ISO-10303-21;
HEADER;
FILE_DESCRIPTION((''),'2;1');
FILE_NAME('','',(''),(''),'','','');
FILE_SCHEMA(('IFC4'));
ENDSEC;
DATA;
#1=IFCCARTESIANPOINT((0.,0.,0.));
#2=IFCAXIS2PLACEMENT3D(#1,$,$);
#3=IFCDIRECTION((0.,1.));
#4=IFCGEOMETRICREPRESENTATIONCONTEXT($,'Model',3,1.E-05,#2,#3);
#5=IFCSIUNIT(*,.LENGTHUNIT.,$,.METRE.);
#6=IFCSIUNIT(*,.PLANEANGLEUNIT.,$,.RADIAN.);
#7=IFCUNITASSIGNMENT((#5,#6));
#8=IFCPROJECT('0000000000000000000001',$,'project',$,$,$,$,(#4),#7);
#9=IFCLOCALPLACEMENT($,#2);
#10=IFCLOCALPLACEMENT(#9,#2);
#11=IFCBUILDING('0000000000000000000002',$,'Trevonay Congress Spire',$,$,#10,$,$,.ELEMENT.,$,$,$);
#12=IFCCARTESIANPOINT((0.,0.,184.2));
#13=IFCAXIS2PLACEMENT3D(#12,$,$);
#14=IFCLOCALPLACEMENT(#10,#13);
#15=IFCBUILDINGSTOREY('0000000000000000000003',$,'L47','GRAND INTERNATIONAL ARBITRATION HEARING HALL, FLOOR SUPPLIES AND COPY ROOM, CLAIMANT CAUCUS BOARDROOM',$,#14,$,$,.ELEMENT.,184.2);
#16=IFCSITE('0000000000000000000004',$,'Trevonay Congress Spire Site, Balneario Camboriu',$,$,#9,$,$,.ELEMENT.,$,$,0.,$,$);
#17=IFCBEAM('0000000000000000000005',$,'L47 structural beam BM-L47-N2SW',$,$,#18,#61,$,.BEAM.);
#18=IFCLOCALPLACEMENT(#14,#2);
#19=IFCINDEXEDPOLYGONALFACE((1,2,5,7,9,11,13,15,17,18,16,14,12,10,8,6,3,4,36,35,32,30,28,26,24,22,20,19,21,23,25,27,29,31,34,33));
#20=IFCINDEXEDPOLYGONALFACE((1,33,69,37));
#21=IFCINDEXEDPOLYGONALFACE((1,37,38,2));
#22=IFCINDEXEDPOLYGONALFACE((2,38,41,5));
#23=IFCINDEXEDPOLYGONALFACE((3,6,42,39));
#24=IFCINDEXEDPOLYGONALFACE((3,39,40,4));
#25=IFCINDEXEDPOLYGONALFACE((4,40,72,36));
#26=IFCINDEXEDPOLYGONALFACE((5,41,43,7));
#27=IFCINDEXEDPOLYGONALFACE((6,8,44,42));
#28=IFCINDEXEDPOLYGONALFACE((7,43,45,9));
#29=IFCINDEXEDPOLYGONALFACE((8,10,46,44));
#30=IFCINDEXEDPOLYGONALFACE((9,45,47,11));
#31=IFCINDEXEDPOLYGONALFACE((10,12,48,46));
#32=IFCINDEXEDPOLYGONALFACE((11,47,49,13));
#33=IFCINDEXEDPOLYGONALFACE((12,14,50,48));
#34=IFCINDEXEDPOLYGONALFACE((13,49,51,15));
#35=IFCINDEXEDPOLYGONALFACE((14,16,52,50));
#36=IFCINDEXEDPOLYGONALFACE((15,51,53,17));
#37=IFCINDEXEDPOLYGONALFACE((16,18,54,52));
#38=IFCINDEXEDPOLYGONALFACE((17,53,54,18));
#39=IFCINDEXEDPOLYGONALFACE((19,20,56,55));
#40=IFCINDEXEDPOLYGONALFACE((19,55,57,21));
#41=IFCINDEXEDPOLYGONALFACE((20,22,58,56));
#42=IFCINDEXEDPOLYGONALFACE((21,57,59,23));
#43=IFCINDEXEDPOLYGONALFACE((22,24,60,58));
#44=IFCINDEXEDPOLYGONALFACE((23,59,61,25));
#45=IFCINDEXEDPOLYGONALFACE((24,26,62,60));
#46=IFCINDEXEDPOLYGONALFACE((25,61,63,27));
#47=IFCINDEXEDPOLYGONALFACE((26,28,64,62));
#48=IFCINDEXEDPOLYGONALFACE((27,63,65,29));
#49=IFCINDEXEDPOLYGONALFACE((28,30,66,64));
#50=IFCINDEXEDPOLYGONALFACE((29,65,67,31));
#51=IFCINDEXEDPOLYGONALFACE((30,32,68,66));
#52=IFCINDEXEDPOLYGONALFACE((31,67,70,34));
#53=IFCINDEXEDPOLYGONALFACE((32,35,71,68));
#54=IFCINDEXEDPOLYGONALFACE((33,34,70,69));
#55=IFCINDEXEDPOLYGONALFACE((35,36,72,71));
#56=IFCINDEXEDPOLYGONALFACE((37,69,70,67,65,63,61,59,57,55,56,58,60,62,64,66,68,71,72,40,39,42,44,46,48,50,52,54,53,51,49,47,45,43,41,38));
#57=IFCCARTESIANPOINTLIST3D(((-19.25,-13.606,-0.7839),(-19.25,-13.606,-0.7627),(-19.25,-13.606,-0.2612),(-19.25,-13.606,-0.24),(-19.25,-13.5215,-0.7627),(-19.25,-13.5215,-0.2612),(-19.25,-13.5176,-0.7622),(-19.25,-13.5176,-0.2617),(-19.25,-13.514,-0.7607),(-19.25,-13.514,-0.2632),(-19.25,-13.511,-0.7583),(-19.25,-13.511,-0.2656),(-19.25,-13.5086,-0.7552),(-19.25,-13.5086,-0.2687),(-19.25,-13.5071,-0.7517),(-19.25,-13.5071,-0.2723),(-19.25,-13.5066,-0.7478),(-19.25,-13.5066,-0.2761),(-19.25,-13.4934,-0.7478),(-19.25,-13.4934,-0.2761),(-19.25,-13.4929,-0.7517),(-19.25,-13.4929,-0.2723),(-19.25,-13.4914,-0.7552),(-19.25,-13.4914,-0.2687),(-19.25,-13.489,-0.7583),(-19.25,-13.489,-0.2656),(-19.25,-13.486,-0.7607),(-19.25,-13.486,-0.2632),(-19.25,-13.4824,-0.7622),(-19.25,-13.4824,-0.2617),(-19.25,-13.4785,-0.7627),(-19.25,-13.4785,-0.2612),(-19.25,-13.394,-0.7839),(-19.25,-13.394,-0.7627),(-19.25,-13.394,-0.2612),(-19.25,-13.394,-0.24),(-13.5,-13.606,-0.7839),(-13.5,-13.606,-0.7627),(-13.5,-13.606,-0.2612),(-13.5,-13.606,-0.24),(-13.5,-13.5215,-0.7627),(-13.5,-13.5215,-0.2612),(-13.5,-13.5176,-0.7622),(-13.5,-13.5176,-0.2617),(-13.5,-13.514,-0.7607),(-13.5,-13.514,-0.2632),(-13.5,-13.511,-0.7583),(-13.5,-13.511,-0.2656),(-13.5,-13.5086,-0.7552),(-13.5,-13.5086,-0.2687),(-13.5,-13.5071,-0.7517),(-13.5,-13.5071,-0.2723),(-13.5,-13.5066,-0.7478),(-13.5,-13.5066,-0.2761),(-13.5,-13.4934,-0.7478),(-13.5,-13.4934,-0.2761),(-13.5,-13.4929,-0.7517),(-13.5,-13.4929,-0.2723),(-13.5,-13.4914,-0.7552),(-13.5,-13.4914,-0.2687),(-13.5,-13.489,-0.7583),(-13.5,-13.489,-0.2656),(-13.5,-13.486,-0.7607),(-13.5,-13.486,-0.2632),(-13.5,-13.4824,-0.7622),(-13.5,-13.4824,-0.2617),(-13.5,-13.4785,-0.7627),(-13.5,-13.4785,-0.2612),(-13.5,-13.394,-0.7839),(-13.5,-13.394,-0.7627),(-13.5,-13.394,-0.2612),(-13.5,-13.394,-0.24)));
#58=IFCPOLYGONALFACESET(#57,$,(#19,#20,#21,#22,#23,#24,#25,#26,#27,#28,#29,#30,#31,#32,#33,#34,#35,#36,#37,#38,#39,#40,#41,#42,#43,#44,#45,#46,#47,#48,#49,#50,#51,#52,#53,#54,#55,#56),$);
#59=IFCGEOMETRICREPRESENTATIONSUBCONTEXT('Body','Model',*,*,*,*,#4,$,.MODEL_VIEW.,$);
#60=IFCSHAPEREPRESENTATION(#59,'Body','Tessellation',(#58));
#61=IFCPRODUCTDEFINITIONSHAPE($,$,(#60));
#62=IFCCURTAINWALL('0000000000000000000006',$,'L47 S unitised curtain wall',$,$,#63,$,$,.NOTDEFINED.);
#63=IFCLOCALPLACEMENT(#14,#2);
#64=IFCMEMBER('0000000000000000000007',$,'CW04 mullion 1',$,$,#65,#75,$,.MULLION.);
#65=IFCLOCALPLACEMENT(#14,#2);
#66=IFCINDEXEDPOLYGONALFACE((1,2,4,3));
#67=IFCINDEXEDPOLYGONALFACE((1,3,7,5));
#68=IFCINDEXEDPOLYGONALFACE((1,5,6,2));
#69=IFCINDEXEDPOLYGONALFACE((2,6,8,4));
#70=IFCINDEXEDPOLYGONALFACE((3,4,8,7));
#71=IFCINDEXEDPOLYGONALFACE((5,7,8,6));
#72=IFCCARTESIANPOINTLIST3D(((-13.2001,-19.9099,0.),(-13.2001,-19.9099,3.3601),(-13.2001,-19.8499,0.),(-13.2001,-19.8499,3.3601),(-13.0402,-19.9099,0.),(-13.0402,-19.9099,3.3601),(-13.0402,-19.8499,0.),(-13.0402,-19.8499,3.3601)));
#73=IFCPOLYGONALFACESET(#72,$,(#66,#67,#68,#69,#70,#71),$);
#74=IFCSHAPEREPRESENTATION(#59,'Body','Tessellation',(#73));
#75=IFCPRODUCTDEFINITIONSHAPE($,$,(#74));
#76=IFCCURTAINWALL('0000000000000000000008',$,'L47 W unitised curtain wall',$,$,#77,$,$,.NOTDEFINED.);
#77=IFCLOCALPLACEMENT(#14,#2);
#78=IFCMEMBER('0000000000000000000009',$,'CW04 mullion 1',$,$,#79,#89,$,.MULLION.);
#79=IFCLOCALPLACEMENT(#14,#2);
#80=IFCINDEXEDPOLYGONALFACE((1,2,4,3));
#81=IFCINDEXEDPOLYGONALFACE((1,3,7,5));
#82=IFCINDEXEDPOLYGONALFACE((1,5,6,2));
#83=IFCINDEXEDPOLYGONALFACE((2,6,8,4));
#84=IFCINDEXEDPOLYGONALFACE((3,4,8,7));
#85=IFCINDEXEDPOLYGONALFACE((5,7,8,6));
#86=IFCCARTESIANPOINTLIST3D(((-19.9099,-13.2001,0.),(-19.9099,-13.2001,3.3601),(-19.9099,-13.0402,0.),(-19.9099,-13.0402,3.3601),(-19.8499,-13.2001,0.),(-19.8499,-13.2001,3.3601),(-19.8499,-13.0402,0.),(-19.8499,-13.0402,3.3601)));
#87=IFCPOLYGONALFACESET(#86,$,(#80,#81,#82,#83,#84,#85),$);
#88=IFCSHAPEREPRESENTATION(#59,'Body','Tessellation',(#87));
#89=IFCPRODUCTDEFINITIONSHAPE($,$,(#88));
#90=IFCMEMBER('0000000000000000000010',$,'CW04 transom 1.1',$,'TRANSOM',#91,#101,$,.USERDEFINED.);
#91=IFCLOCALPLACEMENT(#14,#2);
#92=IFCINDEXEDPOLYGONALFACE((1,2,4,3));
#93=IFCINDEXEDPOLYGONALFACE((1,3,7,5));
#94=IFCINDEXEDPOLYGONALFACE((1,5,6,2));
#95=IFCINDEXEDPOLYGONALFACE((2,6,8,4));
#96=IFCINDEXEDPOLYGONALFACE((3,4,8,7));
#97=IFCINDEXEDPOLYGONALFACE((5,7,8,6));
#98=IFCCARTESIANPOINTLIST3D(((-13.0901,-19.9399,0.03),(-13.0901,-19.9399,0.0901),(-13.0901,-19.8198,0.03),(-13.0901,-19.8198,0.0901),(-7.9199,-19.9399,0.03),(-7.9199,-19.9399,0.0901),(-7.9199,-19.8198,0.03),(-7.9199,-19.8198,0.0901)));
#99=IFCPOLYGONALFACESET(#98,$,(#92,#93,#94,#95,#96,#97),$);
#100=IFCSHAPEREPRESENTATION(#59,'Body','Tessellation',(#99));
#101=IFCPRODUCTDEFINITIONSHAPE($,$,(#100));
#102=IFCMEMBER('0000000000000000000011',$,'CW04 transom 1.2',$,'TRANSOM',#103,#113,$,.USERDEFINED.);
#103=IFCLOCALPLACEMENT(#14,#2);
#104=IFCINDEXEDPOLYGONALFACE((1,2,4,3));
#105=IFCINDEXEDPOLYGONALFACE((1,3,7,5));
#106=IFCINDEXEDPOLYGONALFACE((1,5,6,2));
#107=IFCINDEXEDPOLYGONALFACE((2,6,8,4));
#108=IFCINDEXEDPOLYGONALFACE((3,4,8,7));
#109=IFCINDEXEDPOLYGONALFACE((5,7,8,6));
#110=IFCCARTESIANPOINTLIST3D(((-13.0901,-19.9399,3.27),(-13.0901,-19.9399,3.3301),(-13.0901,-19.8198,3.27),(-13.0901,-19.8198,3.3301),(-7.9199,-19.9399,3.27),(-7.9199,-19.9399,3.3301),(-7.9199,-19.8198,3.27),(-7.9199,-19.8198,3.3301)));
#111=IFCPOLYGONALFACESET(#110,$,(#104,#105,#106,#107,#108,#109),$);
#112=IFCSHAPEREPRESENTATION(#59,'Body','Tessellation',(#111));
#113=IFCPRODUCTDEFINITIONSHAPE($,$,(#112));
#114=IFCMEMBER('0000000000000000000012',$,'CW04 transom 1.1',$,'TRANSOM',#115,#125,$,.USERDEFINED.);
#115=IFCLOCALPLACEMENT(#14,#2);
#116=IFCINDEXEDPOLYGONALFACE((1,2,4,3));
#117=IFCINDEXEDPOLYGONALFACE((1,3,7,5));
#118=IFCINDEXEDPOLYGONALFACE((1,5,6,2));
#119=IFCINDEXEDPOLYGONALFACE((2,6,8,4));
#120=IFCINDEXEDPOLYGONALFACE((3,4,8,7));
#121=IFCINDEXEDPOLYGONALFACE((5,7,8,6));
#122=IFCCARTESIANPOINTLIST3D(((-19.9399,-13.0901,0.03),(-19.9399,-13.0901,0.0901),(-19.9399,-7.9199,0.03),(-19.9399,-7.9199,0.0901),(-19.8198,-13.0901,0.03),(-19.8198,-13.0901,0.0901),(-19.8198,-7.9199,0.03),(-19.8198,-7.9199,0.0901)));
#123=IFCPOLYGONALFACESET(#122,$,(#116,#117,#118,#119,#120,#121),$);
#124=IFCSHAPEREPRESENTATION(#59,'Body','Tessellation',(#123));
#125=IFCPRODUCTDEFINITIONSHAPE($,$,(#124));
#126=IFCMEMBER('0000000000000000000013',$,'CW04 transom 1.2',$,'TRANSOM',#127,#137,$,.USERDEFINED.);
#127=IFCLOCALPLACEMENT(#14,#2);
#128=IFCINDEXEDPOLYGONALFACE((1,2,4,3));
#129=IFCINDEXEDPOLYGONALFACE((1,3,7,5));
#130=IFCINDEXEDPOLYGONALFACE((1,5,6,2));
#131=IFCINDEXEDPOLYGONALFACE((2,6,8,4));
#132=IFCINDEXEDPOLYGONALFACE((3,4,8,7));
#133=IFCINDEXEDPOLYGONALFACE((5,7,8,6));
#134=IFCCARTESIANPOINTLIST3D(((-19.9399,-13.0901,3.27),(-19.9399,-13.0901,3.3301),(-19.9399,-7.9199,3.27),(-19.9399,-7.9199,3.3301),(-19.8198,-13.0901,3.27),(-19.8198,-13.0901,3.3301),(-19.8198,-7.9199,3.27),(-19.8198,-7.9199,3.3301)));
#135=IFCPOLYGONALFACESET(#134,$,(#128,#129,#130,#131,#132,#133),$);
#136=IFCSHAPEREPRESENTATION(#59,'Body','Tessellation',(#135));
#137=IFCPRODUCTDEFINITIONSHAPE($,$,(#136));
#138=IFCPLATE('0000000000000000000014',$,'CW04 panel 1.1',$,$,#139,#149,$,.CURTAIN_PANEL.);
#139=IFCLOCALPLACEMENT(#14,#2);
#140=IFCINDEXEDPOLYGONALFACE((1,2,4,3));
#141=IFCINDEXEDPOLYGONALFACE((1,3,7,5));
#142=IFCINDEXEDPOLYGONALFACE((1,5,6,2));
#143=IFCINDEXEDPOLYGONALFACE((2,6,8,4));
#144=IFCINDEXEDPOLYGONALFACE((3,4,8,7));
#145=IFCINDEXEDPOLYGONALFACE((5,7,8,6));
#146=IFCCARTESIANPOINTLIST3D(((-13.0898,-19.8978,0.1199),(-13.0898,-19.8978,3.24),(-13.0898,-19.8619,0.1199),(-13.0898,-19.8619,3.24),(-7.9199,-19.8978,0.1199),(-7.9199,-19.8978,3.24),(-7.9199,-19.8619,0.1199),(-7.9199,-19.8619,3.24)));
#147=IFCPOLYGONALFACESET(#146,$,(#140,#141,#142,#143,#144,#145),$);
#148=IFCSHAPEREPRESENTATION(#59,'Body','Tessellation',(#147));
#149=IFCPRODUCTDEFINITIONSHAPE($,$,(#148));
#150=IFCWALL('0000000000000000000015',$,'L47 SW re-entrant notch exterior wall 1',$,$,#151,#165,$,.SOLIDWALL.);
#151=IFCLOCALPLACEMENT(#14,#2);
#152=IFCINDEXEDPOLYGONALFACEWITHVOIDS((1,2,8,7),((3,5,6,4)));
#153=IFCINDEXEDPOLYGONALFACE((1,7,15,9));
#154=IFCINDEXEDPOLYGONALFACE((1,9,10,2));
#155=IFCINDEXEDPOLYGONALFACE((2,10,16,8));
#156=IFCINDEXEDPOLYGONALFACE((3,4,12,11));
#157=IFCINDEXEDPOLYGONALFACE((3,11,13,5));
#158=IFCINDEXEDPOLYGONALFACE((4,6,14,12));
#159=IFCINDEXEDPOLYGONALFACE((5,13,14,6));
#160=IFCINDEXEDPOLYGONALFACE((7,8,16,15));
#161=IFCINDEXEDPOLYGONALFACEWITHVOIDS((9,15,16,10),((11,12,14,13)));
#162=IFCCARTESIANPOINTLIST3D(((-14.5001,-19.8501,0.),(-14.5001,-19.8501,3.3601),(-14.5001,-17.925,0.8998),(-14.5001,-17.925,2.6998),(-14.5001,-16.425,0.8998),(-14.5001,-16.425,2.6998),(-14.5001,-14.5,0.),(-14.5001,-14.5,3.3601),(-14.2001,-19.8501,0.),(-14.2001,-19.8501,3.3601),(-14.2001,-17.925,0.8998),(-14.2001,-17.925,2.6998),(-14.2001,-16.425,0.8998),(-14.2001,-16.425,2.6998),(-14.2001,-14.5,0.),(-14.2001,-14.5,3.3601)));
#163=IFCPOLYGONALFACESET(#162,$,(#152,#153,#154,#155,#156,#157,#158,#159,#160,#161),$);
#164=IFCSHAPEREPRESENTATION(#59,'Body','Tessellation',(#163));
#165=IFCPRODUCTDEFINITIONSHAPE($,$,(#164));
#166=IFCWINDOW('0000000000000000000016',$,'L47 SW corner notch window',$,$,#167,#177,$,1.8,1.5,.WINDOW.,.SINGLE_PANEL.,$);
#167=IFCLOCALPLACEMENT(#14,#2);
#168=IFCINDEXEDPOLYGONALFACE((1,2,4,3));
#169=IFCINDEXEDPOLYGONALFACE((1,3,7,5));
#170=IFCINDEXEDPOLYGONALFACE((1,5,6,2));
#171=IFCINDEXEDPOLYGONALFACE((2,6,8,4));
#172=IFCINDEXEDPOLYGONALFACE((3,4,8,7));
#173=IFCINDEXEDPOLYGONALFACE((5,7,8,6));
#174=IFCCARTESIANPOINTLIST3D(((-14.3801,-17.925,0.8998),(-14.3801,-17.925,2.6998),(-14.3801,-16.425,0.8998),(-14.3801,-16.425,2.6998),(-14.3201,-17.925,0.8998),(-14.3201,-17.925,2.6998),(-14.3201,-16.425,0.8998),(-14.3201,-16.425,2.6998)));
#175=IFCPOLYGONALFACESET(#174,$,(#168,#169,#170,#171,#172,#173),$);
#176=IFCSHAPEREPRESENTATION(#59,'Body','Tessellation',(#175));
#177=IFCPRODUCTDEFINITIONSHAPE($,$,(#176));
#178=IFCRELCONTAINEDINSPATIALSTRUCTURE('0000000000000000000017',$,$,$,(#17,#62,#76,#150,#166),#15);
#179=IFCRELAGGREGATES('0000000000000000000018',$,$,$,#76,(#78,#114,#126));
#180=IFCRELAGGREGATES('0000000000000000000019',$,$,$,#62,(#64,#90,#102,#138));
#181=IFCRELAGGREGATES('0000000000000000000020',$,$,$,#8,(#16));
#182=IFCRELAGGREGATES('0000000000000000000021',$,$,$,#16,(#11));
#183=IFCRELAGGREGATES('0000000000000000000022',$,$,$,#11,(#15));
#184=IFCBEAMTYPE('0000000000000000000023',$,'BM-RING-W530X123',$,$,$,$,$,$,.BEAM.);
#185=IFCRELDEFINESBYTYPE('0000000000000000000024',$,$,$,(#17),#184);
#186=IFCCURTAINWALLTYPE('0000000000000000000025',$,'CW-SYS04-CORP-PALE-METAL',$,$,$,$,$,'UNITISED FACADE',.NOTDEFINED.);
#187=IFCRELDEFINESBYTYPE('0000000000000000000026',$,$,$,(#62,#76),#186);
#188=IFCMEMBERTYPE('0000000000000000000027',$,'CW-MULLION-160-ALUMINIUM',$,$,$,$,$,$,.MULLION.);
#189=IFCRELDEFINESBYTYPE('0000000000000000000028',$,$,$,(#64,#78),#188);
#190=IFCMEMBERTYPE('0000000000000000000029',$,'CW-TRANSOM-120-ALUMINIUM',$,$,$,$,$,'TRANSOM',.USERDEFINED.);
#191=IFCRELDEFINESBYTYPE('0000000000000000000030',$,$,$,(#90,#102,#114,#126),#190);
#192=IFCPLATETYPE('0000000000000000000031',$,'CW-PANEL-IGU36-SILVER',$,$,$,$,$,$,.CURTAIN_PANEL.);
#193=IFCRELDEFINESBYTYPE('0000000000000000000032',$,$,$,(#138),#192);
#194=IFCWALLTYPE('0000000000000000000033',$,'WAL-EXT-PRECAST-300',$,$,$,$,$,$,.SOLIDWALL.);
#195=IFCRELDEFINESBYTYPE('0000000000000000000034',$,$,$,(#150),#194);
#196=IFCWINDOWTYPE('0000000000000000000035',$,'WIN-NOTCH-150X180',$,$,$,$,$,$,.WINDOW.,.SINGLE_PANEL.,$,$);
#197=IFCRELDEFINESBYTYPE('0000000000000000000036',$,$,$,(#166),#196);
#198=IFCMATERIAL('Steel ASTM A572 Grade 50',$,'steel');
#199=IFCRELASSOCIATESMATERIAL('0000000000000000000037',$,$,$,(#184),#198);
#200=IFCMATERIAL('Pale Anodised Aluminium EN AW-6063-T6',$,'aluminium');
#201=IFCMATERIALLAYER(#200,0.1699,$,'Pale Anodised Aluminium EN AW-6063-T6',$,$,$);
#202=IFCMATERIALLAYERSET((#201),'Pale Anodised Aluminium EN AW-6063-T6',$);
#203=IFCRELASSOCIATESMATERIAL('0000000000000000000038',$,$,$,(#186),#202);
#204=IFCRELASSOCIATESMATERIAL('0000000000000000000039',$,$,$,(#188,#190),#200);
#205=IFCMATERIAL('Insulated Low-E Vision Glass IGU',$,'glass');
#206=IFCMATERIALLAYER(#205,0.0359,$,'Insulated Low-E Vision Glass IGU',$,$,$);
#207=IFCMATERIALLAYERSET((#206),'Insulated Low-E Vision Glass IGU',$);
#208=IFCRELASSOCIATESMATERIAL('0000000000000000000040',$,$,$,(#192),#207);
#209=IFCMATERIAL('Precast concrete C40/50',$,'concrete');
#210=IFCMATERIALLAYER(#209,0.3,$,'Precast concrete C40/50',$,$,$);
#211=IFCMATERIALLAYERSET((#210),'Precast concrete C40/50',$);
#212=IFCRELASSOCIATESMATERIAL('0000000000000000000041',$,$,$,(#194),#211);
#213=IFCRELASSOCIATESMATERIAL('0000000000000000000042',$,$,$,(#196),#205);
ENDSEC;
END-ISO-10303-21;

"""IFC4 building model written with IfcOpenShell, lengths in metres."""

from ifc_helpers import new_model, si_unit, direction, frame, frame_2d, origin, origin_2d, place, context, subcontext, project, spatial, rectangle, i_section, extrude, material, layer, layer_set, material_profile, profile_set, type_object, element, fill, aggregate, save


model = new_model("IFC4")

# Units and contexts
model_context = context("Model", 3, precision=1e-05, world=origin(), true_north=direction((0.0, 1.0)))
body_context = subcontext(model_context, "Body", "Model", "MODEL_VIEW")
ifc_project = project(units=[si_unit("LENGTHUNIT", "METRE"), si_unit("PLANEANGLEUNIT", "RADIAN")], contexts=[model_context])

# Site, building, storey
site_placement = place(None, origin())
site = spatial("IfcSite", under=ifc_project, at=site_placement, Name="Trevonay Congress Spire Site, Balneario Camboriu", CompositionType="ELEMENT", RefElevation=0.0)
building_placement = place(site_placement, origin())
building = spatial("IfcBuilding", under=site, at=building_placement, Name="Trevonay Congress Spire", CompositionType="ELEMENT")
storey_placement = place(building_placement, frame((0.0, 0.0, 184.2)))
storey = spatial("IfcBuildingStorey", under=building, at=storey_placement, Name="L47", Description="GRAND INTERNATIONAL ARBITRATION HEARING HALL, FLOOR SUPPLIES AND COPY ROOM, CLAIMANT CAUCUS BOARDROOM", CompositionType="ELEMENT", Elevation=184.2)

# Shared definitions
ifc_material_1 = material(Name="Steel ASTM A572 Grade 50", Category="steel")

# Beam
ifc_material_profile_1 = material_profile(ifc_material_1, i_section(OverallWidth=0.2119, OverallDepth=0.5439, WebThickness=0.0132, FlangeThickness=0.0212, FilletRadius=0.0149, at=origin_2d()), Name="W530x123")
ifc_profile_set_1 = profile_set([ifc_material_profile_1], Name="Steel ASTM A572 Grade 50")
beam_type = type_object("IfcBeamType", Name="BM-RING-W530X123", PredefinedType="BEAM", material=ifc_profile_set_1)
for number, where, z_axis, x_axis, name in (
    (1, (-19.25, -13.5, -0.512), (1.0, 0.0, 0.0), (0.0, 1.0, 0.0), "L47 structural beam BM-L47-N2SW"),
):
    element("IfcBeam", number, at=place(storey_placement, frame(where, z_axis=z_axis, x_axis=x_axis)), inside=storey, type_object=beam_type, Name=name, PredefinedType="BEAM", context=body_context, shape_type="SweptSolid", body=[
        extrude(i_section(OverallWidth=0.2119, OverallDepth=0.5439, WebThickness=0.0132, FlangeThickness=0.0212, FilletRadius=0.0149, at=origin_2d()), origin(), (0.0, 0.0, 1.0), 5.75),
    ])

# Curtain walls, members
ifc_material_2 = material(Name="Pale Anodised Aluminium EN AW-6063-T6", Category="aluminium")
ifc_layer_1 = layer(ifc_material_2, 0.1699, Name="Pale Anodised Aluminium EN AW-6063-T6")
ifc_layer_set_1 = layer_set([ifc_layer_1], Name="Pale Anodised Aluminium EN AW-6063-T6")
curtain_wall_type = type_object("IfcCurtainWallType", Name="CW-SYS04-CORP-PALE-METAL", ElementType="UNITISED FACADE", PredefinedType="NOTDEFINED", material=ifc_layer_set_1)
curtain_wall_1_placement = place(storey_placement, origin())
curtain_wall_1 = element("IfcCurtainWall", 2, at=curtain_wall_1_placement, inside=storey, type_object=curtain_wall_type, Name="L47 S unitised curtain wall", PredefinedType="NOTDEFINED")
ifc_material_profile_2 = material_profile(ifc_material_2, rectangle(XDim=0.0601, YDim=0.1599, at=origin_2d()), Name="CW-MULLION-160-ALUMINIUM")
ifc_profile_set_2 = profile_set([ifc_material_profile_2], Name="Pale Anodised Aluminium EN AW-6063-T6")
member_type_1 = type_object("IfcMemberType", Name="CW-MULLION-160-ALUMINIUM", PredefinedType="MULLION", material=ifc_profile_set_2)
member_1_placement = place(storey_placement, frame((-13.1201, -19.8799, 0.0), z_axis=(0.0, 0.0, 1.0), x_axis=(0.0, 1.0, 0.0)))
member_1 = element("IfcMember", 3, at=member_1_placement, type_object=member_type_1, Name="CW04 mullion 1", PredefinedType="MULLION", context=body_context, shape_type="SweptSolid", body=[
    extrude(rectangle(XDim=0.0601, YDim=0.1599, at=origin_2d()), origin(), (0.0, 0.0, 1.0), 3.3601),
])
curtain_wall_2_placement = place(storey_placement, origin())
curtain_wall_2 = element("IfcCurtainWall", 4, at=curtain_wall_2_placement, inside=storey, type_object=curtain_wall_type, Name="L47 W unitised curtain wall", PredefinedType="NOTDEFINED")
member_2_placement = place(storey_placement, frame((-19.8799, -13.1201, 0.0), z_axis=(0.0, 0.0, 1.0), x_axis=(-1.0, 0.0, 0.0)))
member_2 = element("IfcMember", 5, at=member_2_placement, type_object=member_type_1, Name="CW04 mullion 1", PredefinedType="MULLION", context=body_context, shape_type="SweptSolid", body=[
    extrude(rectangle(XDim=0.0601, YDim=0.1599, at=origin_2d()), origin(), (0.0, 0.0, 1.0), 3.3601),
])

# Members
ifc_material_profile_3 = material_profile(ifc_material_2, rectangle(XDim=0.1201, YDim=0.0601, at=origin_2d()), Name="CW-TRANSOM-120-ALUMINIUM")
ifc_profile_set_3 = profile_set([ifc_material_profile_3], Name="Pale Anodised Aluminium EN AW-6063-T6")
member_type_2 = type_object("IfcMemberType", Name="CW-TRANSOM-120-ALUMINIUM", ElementType="TRANSOM", PredefinedType="USERDEFINED", material=ifc_profile_set_3)
member_3_placement = place(storey_placement, frame((-13.0901, -19.8799, 0.0601), z_axis=(1.0, 0.0, 0.0), x_axis=(0.0, 1.0, 0.0)))
member_3 = element("IfcMember", 6, at=member_3_placement, type_object=member_type_2, Name="CW04 transom 1.1", ObjectType="TRANSOM", PredefinedType="USERDEFINED", context=body_context, shape_type="SweptSolid", body=[
    extrude(rectangle(XDim=0.1201, YDim=0.0601, at=origin_2d()), origin(), (0.0, 0.0, 1.0), 5.1702),
])
member_4_placement = place(storey_placement, frame((-13.0901, -19.8799, 3.3), z_axis=(1.0, 0.0, 0.0), x_axis=(0.0, 1.0, 0.0)))
member_4 = element("IfcMember", 7, at=member_4_placement, type_object=member_type_2, Name="CW04 transom 1.2", ObjectType="TRANSOM", PredefinedType="USERDEFINED", context=body_context, shape_type="SweptSolid", body=[
    extrude(rectangle(XDim=0.1201, YDim=0.0601, at=origin_2d()), origin(), (0.0, 0.0, 1.0), 5.1702),
])
member_5_placement = place(storey_placement, frame((-19.8799, -13.0901, 0.0601), z_axis=(0.0, 1.0, 0.0), x_axis=(-1.0, 0.0, 0.0)))
member_5 = element("IfcMember", 8, at=member_5_placement, type_object=member_type_2, Name="CW04 transom 1.1", ObjectType="TRANSOM", PredefinedType="USERDEFINED", context=body_context, shape_type="SweptSolid", body=[
    extrude(rectangle(XDim=0.1201, YDim=0.0601, at=origin_2d()), origin(), (0.0, 0.0, 1.0), 5.1702),
])
member_6_placement = place(storey_placement, frame((-19.8799, -13.0901, 3.3), z_axis=(0.0, 1.0, 0.0), x_axis=(-1.0, 0.0, 0.0)))
member_6 = element("IfcMember", 9, at=member_6_placement, type_object=member_type_2, Name="CW04 transom 1.2", ObjectType="TRANSOM", PredefinedType="USERDEFINED", context=body_context, shape_type="SweptSolid", body=[
    extrude(rectangle(XDim=0.1201, YDim=0.0601, at=origin_2d()), origin(), (0.0, 0.0, 1.0), 5.1702),
])
aggregate(curtain_wall_2, [member_2, member_5, member_6])

# Plate
ifc_material_3 = material(Name="Insulated Low-E Vision Glass IGU", Category="glass")
ifc_layer_2 = layer(ifc_material_3, 0.0359, Name="Insulated Low-E Vision Glass IGU")
ifc_layer_set_2 = layer_set([ifc_layer_2], Name="Insulated Low-E Vision Glass IGU")
plate_type = type_object("IfcPlateType", Name="CW-PANEL-IGU36-SILVER", PredefinedType="CURTAIN_PANEL", material=ifc_layer_set_2)
plate_placement = place(storey_placement, frame((-10.5049, -19.8799, 0.1199), z_axis=(0.0, 0.0, 1.0), x_axis=(1.0, 0.0, 0.0)))
plate = element("IfcPlate", 10, at=plate_placement, type_object=plate_type, Name="CW04 panel 1.1", PredefinedType="CURTAIN_PANEL", context=body_context, shape_type="SweptSolid", body=[
    extrude(rectangle(XDim=5.1699, YDim=0.0359, at=origin_2d()), origin(), (0.0, 0.0, 1.0), 3.1201),
])
aggregate(curtain_wall_1, [member_1, member_3, member_4, plate])

# Wall, opening, window
ifc_material_4 = material(Name="Precast concrete C40/50", Category="concrete")
ifc_layer_3 = layer(ifc_material_4, 0.3, Name="Precast concrete C40/50")
ifc_layer_set_3 = layer_set([ifc_layer_3], Name="Precast concrete C40/50")
wall_type_1 = type_object("IfcWallType", Name="WAL-EXT-PRECAST-300", PredefinedType="SOLIDWALL", material=ifc_layer_set_3)
wall_1_placement = place(storey_placement, frame((-14.3501, -19.8501, 0.0), z_axis=(0.0, 0.0, 1.0), x_axis=(0.0, 1.0, 0.0)))
wall_1 = element("IfcWall", 11, at=wall_1_placement, inside=storey, type_object=wall_type_1, Name="L47 SW re-entrant notch exterior wall 1", PredefinedType="SOLIDWALL", context=body_context, shape_type="SweptSolid", body=[
    extrude(rectangle(XDim=5.3501, YDim=0.3, at=frame_2d((2.675, 0.0))), origin(), (0.0, 0.0, 1.0), 3.3601),
])
opening_placement = place(wall_1_placement, frame((1.925, 0.0, 0.8999)))
opening = element("IfcOpeningElement", 12, at=opening_placement, cuts=wall_1, PredefinedType="OPENING", context=body_context, shape_type="SweptSolid", body=[
    extrude(rectangle(XDim=1.5, YDim=1.8, at=frame_2d((0.75, 0.8999))), frame((0.0, 0.1602, 0.0), z_axis=(0.0, -1.0, 0.0), x_axis=(1.0, 0.0, 0.0)), (0.0, 0.0, 1.0), 0.3201),
])
window_type = type_object("IfcWindowType", Name="WIN-NOTCH-150X180", PartitioningType="SINGLE_PANEL", PredefinedType="WINDOW", material=ifc_material_3)
window_placement = place(opening_placement, origin())
window = element("IfcWindow", 13, at=window_placement, inside=storey, type_object=window_type, Name="L47 SW corner notch window", OverallHeight=1.8, OverallWidth=1.5, PartitioningType="SINGLE_PANEL", PredefinedType="WINDOW", context=body_context, shape_type="SweptSolid", body=[
    extrude(rectangle(XDim=1.5, YDim=1.8, at=frame_2d((0.75, 0.8999))), frame((0.0, 0.03, 0.0), z_axis=(0.0, -1.0, 0.0), x_axis=(1.0, 0.0, 0.0)), (0.0, 0.0, 1.0), 0.0601),
])
fill(opening, window)

save(model, "model.ifc")
